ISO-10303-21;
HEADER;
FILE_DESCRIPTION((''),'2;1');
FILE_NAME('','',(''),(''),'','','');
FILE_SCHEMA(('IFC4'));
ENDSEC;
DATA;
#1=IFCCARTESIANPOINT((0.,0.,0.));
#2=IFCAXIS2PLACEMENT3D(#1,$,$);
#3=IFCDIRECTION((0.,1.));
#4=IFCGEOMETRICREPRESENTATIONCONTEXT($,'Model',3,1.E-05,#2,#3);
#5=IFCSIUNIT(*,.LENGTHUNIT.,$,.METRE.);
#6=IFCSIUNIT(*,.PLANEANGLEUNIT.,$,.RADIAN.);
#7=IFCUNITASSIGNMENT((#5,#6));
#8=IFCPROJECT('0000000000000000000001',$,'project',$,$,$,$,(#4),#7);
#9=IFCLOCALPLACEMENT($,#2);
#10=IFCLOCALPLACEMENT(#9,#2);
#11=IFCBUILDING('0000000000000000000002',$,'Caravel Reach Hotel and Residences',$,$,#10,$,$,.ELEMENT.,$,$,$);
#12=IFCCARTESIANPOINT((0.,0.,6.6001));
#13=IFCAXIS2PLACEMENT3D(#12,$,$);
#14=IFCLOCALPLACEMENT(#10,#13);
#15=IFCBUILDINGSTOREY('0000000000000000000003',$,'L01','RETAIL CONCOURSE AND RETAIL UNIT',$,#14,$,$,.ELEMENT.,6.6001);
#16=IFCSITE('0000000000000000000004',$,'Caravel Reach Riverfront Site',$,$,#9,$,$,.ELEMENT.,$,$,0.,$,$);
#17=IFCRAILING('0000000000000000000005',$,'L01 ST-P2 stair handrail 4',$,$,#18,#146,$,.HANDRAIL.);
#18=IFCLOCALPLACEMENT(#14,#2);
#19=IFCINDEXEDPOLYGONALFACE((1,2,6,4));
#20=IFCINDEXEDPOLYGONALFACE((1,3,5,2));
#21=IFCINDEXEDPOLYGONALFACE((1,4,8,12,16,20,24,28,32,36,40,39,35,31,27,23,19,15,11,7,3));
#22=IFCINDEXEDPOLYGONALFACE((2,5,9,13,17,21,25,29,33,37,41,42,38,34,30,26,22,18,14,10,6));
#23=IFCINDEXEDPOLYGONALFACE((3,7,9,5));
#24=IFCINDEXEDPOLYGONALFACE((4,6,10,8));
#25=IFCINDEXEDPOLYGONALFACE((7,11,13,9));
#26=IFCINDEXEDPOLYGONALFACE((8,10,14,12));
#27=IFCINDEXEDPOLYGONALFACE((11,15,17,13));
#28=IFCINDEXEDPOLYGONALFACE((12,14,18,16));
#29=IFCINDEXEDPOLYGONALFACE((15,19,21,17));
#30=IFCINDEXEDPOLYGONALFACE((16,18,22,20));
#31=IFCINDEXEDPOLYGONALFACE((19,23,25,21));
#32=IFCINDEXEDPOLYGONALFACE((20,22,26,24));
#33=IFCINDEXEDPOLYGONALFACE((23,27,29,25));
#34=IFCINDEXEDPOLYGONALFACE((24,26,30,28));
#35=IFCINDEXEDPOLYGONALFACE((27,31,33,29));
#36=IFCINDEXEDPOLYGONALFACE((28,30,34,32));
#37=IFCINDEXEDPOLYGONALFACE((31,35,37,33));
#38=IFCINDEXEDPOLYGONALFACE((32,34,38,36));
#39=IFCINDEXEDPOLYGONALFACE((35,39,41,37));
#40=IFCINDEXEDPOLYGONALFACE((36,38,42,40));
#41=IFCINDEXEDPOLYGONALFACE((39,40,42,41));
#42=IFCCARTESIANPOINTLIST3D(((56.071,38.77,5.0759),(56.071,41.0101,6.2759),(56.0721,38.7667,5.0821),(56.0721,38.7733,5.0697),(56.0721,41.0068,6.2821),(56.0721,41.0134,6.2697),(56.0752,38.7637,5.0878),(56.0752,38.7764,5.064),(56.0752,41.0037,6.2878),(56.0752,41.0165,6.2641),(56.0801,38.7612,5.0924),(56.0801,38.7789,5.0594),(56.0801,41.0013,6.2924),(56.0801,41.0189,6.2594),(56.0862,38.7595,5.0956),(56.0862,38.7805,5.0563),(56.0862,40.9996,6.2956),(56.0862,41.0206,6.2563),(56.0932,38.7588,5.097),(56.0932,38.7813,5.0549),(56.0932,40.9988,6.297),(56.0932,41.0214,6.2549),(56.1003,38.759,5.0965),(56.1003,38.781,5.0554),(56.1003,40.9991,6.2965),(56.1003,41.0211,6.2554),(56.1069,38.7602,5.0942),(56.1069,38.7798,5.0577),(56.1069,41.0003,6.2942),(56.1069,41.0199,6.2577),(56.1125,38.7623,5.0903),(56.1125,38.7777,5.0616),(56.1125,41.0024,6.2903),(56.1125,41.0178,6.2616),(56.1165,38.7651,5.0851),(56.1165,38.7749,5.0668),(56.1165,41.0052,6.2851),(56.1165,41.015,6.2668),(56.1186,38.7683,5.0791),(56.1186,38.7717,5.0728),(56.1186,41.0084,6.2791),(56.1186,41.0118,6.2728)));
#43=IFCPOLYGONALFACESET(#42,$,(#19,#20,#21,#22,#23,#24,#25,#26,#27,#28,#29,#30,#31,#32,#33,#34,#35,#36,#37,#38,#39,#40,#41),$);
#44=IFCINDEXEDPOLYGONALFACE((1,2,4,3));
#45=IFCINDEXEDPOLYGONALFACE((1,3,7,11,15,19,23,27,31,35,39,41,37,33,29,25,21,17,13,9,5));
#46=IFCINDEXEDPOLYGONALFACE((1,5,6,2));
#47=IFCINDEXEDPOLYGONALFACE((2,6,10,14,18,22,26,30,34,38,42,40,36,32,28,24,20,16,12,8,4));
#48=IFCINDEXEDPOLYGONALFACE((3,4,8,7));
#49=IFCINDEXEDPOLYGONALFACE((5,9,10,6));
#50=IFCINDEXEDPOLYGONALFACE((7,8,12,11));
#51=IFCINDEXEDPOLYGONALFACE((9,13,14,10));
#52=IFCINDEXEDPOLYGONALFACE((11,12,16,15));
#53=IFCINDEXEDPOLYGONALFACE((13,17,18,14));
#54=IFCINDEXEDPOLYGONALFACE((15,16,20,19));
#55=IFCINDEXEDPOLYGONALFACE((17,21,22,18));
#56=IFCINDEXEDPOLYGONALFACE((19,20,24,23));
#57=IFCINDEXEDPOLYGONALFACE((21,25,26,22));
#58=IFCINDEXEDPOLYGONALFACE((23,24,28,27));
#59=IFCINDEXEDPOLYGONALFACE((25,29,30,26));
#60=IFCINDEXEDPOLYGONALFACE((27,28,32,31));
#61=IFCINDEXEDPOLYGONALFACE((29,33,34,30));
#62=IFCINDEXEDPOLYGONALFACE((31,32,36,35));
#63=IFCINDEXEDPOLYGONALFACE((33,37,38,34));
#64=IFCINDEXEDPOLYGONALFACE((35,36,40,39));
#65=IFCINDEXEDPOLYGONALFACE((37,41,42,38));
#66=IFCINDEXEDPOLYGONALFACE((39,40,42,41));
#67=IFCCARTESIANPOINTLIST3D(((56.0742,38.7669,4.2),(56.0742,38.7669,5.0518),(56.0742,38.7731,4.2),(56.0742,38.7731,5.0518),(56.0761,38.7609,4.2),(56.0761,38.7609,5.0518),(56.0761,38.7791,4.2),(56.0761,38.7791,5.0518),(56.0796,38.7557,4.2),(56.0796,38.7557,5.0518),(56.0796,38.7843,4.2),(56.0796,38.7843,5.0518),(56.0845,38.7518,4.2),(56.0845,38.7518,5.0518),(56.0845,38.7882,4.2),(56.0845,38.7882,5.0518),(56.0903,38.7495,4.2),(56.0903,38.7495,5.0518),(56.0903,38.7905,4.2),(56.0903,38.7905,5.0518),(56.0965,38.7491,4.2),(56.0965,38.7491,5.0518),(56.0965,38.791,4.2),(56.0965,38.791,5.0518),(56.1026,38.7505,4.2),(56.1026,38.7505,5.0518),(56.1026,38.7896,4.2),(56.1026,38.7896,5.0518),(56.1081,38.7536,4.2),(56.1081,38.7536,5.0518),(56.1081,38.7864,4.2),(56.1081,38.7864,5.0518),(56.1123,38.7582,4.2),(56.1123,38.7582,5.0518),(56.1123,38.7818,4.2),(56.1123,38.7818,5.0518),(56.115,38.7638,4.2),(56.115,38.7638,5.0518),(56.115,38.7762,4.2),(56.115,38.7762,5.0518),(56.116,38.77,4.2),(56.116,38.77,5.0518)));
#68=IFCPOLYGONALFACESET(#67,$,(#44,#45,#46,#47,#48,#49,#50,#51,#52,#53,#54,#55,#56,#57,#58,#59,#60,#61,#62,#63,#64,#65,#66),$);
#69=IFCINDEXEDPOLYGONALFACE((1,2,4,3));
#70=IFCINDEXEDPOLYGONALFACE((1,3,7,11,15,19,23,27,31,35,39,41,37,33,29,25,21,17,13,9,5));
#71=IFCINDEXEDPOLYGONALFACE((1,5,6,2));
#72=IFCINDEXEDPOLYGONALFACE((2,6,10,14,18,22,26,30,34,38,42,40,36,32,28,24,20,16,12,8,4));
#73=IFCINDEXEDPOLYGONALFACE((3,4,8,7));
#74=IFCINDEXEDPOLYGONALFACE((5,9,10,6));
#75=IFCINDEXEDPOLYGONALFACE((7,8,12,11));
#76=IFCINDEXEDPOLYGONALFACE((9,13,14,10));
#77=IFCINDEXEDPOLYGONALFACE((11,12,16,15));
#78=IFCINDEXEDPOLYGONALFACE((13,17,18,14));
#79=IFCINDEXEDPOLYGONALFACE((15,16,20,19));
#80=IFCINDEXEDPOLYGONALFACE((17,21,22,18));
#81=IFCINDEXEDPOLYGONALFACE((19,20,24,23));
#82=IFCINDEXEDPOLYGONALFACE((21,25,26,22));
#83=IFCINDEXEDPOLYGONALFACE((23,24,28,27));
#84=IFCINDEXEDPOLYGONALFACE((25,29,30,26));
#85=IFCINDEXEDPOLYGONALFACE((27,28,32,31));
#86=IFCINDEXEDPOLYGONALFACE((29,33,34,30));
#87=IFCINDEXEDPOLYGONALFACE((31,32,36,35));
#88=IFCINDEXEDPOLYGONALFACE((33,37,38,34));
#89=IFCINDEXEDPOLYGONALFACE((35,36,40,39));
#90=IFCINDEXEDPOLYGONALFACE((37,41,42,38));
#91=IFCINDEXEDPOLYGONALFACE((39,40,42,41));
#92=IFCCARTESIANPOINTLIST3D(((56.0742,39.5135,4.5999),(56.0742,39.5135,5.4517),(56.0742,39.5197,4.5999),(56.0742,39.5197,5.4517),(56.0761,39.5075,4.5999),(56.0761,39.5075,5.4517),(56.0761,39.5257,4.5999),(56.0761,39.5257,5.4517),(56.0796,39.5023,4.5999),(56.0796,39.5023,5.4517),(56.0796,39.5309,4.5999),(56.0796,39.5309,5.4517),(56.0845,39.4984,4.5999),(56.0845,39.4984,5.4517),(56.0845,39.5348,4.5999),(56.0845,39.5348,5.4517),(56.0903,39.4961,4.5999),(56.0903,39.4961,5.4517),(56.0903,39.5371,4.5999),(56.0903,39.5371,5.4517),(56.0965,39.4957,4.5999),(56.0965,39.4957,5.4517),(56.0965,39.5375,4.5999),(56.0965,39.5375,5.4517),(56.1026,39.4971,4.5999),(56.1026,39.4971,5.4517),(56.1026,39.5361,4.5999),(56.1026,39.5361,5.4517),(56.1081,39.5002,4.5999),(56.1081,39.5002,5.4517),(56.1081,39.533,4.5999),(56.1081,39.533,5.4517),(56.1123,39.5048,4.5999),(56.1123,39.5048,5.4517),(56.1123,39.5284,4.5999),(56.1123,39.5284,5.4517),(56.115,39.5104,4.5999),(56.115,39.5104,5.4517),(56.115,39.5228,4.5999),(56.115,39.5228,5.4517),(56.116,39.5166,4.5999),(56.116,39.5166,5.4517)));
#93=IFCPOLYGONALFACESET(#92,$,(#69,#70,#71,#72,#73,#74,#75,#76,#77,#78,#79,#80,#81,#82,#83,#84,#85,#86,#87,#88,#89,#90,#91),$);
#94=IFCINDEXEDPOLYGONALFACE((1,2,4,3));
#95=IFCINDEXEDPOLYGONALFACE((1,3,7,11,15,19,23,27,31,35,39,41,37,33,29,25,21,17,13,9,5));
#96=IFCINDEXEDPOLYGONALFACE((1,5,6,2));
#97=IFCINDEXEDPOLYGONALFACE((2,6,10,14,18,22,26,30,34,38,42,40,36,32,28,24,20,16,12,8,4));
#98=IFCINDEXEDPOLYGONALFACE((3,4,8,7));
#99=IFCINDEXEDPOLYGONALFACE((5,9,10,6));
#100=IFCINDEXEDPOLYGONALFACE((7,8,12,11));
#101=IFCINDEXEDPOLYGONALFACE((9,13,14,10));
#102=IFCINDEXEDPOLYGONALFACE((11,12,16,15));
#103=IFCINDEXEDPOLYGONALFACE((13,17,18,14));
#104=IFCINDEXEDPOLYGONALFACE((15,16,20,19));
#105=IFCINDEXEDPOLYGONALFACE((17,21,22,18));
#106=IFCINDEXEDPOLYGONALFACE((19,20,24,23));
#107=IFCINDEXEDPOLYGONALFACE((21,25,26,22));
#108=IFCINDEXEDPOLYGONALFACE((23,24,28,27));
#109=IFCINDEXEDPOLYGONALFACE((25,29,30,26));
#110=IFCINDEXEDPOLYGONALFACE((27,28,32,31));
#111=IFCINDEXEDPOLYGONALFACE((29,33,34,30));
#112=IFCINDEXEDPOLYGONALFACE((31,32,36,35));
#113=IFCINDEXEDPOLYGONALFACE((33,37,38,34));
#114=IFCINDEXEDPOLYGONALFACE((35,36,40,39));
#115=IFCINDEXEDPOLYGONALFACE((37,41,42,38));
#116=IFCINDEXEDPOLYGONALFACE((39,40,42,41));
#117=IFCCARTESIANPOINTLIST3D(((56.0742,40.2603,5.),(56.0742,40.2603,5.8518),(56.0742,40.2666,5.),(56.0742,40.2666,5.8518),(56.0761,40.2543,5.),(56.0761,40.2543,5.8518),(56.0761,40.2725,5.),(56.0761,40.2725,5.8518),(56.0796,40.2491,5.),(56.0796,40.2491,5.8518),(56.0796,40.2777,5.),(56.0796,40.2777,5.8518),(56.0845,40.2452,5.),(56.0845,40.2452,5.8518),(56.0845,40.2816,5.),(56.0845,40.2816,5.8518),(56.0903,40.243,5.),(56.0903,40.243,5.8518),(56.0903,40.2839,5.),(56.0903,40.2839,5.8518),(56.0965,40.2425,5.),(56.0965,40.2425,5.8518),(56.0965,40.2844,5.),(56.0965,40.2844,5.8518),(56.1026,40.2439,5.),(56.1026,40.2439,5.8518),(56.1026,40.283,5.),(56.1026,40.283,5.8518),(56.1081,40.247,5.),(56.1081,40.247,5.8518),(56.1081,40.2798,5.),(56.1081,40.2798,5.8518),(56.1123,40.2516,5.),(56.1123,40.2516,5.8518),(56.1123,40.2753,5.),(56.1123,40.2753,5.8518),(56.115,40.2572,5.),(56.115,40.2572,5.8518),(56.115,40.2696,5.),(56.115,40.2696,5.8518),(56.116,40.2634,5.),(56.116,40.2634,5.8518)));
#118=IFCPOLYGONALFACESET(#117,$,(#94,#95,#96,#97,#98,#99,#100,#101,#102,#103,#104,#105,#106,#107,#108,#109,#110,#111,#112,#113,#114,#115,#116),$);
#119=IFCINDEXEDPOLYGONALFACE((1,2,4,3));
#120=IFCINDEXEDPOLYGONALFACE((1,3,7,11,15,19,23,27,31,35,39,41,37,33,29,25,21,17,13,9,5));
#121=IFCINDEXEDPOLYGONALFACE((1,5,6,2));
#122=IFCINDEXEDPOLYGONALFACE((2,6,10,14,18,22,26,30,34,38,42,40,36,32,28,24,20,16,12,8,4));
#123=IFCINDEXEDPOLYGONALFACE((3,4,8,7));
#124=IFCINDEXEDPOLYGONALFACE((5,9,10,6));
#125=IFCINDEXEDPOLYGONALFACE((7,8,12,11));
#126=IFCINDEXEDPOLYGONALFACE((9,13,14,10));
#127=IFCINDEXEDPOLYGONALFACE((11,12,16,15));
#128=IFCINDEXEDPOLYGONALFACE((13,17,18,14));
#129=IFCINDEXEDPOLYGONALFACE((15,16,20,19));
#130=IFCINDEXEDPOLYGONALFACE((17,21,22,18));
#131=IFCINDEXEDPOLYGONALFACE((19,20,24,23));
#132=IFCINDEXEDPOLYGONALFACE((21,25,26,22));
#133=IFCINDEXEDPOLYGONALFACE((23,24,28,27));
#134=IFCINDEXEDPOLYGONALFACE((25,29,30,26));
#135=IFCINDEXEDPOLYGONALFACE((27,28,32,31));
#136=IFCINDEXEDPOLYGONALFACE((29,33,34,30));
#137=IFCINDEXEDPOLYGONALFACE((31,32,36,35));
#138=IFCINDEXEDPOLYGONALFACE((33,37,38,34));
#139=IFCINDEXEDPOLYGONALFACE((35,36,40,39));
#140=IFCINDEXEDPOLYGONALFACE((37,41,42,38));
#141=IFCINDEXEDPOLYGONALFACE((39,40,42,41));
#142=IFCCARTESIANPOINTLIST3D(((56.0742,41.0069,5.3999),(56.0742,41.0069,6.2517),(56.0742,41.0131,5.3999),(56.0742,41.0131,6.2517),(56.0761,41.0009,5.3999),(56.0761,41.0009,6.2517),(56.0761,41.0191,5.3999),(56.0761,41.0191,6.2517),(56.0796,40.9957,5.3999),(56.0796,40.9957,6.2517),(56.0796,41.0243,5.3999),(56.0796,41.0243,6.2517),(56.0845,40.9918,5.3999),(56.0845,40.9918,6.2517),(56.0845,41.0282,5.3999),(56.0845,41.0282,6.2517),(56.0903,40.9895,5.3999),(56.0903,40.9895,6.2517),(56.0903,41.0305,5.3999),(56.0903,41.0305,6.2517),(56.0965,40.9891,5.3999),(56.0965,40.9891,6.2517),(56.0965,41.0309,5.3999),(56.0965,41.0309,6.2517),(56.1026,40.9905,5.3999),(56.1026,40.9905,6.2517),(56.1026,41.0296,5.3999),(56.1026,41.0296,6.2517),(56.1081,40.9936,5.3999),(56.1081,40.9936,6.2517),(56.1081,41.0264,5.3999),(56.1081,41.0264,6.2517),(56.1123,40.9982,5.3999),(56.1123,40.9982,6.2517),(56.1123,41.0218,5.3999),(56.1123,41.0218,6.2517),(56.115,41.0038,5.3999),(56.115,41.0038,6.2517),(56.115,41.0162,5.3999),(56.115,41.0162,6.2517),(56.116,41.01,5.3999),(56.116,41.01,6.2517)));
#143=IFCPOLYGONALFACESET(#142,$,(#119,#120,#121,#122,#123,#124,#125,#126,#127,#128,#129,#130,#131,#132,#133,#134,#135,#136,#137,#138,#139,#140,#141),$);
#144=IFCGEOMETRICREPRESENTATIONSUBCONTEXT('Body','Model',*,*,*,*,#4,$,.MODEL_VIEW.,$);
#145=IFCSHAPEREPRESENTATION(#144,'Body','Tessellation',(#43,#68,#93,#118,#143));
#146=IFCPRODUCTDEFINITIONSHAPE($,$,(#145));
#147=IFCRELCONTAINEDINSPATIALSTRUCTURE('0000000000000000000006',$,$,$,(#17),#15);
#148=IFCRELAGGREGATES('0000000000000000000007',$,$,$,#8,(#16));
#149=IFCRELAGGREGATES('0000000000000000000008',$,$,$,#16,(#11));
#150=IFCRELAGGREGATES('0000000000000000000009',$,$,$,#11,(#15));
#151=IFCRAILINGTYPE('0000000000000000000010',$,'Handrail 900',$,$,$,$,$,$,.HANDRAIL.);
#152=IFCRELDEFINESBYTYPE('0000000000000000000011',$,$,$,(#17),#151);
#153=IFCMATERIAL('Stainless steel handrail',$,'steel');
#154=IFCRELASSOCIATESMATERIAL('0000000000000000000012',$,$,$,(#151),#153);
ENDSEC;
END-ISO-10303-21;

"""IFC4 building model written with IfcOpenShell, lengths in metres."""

from ifc_helpers import new_model, si_unit, direction, frame, origin, origin_2d, place, context, subcontext, project, spatial, circle, extrude, material, type_object, element, save


model = new_model("IFC4")

# Units and contexts
model_context = context("Model", 3, precision=1e-05, world=origin(), true_north=direction((0.0, 1.0)))
body_context = subcontext(model_context, "Body", "Model", "MODEL_VIEW")
ifc_project = project(units=[si_unit("LENGTHUNIT", "METRE"), si_unit("PLANEANGLEUNIT", "RADIAN")], contexts=[model_context])

# Site, building, storey
site_placement = place(None, origin())
site = spatial("IfcSite", under=ifc_project, at=site_placement, Name="Caravel Reach Riverfront Site", CompositionType="ELEMENT", RefElevation=0.0)
building_placement = place(site_placement, origin())
building = spatial("IfcBuilding", under=site, at=building_placement, Name="Caravel Reach Hotel and Residences", CompositionType="ELEMENT")
storey_placement = place(building_placement, frame((0.0, 0.0, 6.6001)))
storey = spatial("IfcBuildingStorey", under=building, at=storey_placement, Name="L01", Description="RETAIL CONCOURSE AND RETAIL UNIT", CompositionType="ELEMENT", Elevation=6.6001)

# Railing
ifc_material_1 = material(Name="Stainless steel handrail", Category="steel")
railing_type = type_object("IfcRailingType", Name="Handrail 900", PredefinedType="HANDRAIL", material=ifc_material_1)
for number, where, name in (
    (1, (56.095, 38.77, 4.2), "L01 ST-P2 stair handrail 4"),
):
    element("IfcRailing", number, at=place(storey_placement, frame(where)), inside=storey, type_object=railing_type, Name=name, PredefinedType="HANDRAIL", context=body_context, shape_type="SweptSolid", body=[
        extrude(circle(Radius=0.0239, at=origin_2d()), frame((0.0, 0.0, 0.876), z_axis=(0.0, 0.881487, 0.472208), x_axis=(-1.0, 0.0, 0.0)), (0.0, 0.0, 1.0), 2.5413),
        extrude(circle(Radius=0.021, at=origin_2d()), origin(), (0.0, 0.0, 1.0), 0.8518),
        extrude(circle(Radius=0.021, at=origin_2d()), frame((0.0, 0.7466, 0.3999)), (0.0, 0.0, 1.0), 0.8518),
        extrude(circle(Radius=0.021, at=origin_2d()), frame((0.0, 1.4934, 0.8)), (0.0, 0.0, 1.0), 0.8518),
        extrude(circle(Radius=0.021, at=origin_2d()), frame((0.0, 2.24, 1.2)), (0.0, 0.0, 1.0), 0.8518),
    ])

save(model, "model.ifc")
